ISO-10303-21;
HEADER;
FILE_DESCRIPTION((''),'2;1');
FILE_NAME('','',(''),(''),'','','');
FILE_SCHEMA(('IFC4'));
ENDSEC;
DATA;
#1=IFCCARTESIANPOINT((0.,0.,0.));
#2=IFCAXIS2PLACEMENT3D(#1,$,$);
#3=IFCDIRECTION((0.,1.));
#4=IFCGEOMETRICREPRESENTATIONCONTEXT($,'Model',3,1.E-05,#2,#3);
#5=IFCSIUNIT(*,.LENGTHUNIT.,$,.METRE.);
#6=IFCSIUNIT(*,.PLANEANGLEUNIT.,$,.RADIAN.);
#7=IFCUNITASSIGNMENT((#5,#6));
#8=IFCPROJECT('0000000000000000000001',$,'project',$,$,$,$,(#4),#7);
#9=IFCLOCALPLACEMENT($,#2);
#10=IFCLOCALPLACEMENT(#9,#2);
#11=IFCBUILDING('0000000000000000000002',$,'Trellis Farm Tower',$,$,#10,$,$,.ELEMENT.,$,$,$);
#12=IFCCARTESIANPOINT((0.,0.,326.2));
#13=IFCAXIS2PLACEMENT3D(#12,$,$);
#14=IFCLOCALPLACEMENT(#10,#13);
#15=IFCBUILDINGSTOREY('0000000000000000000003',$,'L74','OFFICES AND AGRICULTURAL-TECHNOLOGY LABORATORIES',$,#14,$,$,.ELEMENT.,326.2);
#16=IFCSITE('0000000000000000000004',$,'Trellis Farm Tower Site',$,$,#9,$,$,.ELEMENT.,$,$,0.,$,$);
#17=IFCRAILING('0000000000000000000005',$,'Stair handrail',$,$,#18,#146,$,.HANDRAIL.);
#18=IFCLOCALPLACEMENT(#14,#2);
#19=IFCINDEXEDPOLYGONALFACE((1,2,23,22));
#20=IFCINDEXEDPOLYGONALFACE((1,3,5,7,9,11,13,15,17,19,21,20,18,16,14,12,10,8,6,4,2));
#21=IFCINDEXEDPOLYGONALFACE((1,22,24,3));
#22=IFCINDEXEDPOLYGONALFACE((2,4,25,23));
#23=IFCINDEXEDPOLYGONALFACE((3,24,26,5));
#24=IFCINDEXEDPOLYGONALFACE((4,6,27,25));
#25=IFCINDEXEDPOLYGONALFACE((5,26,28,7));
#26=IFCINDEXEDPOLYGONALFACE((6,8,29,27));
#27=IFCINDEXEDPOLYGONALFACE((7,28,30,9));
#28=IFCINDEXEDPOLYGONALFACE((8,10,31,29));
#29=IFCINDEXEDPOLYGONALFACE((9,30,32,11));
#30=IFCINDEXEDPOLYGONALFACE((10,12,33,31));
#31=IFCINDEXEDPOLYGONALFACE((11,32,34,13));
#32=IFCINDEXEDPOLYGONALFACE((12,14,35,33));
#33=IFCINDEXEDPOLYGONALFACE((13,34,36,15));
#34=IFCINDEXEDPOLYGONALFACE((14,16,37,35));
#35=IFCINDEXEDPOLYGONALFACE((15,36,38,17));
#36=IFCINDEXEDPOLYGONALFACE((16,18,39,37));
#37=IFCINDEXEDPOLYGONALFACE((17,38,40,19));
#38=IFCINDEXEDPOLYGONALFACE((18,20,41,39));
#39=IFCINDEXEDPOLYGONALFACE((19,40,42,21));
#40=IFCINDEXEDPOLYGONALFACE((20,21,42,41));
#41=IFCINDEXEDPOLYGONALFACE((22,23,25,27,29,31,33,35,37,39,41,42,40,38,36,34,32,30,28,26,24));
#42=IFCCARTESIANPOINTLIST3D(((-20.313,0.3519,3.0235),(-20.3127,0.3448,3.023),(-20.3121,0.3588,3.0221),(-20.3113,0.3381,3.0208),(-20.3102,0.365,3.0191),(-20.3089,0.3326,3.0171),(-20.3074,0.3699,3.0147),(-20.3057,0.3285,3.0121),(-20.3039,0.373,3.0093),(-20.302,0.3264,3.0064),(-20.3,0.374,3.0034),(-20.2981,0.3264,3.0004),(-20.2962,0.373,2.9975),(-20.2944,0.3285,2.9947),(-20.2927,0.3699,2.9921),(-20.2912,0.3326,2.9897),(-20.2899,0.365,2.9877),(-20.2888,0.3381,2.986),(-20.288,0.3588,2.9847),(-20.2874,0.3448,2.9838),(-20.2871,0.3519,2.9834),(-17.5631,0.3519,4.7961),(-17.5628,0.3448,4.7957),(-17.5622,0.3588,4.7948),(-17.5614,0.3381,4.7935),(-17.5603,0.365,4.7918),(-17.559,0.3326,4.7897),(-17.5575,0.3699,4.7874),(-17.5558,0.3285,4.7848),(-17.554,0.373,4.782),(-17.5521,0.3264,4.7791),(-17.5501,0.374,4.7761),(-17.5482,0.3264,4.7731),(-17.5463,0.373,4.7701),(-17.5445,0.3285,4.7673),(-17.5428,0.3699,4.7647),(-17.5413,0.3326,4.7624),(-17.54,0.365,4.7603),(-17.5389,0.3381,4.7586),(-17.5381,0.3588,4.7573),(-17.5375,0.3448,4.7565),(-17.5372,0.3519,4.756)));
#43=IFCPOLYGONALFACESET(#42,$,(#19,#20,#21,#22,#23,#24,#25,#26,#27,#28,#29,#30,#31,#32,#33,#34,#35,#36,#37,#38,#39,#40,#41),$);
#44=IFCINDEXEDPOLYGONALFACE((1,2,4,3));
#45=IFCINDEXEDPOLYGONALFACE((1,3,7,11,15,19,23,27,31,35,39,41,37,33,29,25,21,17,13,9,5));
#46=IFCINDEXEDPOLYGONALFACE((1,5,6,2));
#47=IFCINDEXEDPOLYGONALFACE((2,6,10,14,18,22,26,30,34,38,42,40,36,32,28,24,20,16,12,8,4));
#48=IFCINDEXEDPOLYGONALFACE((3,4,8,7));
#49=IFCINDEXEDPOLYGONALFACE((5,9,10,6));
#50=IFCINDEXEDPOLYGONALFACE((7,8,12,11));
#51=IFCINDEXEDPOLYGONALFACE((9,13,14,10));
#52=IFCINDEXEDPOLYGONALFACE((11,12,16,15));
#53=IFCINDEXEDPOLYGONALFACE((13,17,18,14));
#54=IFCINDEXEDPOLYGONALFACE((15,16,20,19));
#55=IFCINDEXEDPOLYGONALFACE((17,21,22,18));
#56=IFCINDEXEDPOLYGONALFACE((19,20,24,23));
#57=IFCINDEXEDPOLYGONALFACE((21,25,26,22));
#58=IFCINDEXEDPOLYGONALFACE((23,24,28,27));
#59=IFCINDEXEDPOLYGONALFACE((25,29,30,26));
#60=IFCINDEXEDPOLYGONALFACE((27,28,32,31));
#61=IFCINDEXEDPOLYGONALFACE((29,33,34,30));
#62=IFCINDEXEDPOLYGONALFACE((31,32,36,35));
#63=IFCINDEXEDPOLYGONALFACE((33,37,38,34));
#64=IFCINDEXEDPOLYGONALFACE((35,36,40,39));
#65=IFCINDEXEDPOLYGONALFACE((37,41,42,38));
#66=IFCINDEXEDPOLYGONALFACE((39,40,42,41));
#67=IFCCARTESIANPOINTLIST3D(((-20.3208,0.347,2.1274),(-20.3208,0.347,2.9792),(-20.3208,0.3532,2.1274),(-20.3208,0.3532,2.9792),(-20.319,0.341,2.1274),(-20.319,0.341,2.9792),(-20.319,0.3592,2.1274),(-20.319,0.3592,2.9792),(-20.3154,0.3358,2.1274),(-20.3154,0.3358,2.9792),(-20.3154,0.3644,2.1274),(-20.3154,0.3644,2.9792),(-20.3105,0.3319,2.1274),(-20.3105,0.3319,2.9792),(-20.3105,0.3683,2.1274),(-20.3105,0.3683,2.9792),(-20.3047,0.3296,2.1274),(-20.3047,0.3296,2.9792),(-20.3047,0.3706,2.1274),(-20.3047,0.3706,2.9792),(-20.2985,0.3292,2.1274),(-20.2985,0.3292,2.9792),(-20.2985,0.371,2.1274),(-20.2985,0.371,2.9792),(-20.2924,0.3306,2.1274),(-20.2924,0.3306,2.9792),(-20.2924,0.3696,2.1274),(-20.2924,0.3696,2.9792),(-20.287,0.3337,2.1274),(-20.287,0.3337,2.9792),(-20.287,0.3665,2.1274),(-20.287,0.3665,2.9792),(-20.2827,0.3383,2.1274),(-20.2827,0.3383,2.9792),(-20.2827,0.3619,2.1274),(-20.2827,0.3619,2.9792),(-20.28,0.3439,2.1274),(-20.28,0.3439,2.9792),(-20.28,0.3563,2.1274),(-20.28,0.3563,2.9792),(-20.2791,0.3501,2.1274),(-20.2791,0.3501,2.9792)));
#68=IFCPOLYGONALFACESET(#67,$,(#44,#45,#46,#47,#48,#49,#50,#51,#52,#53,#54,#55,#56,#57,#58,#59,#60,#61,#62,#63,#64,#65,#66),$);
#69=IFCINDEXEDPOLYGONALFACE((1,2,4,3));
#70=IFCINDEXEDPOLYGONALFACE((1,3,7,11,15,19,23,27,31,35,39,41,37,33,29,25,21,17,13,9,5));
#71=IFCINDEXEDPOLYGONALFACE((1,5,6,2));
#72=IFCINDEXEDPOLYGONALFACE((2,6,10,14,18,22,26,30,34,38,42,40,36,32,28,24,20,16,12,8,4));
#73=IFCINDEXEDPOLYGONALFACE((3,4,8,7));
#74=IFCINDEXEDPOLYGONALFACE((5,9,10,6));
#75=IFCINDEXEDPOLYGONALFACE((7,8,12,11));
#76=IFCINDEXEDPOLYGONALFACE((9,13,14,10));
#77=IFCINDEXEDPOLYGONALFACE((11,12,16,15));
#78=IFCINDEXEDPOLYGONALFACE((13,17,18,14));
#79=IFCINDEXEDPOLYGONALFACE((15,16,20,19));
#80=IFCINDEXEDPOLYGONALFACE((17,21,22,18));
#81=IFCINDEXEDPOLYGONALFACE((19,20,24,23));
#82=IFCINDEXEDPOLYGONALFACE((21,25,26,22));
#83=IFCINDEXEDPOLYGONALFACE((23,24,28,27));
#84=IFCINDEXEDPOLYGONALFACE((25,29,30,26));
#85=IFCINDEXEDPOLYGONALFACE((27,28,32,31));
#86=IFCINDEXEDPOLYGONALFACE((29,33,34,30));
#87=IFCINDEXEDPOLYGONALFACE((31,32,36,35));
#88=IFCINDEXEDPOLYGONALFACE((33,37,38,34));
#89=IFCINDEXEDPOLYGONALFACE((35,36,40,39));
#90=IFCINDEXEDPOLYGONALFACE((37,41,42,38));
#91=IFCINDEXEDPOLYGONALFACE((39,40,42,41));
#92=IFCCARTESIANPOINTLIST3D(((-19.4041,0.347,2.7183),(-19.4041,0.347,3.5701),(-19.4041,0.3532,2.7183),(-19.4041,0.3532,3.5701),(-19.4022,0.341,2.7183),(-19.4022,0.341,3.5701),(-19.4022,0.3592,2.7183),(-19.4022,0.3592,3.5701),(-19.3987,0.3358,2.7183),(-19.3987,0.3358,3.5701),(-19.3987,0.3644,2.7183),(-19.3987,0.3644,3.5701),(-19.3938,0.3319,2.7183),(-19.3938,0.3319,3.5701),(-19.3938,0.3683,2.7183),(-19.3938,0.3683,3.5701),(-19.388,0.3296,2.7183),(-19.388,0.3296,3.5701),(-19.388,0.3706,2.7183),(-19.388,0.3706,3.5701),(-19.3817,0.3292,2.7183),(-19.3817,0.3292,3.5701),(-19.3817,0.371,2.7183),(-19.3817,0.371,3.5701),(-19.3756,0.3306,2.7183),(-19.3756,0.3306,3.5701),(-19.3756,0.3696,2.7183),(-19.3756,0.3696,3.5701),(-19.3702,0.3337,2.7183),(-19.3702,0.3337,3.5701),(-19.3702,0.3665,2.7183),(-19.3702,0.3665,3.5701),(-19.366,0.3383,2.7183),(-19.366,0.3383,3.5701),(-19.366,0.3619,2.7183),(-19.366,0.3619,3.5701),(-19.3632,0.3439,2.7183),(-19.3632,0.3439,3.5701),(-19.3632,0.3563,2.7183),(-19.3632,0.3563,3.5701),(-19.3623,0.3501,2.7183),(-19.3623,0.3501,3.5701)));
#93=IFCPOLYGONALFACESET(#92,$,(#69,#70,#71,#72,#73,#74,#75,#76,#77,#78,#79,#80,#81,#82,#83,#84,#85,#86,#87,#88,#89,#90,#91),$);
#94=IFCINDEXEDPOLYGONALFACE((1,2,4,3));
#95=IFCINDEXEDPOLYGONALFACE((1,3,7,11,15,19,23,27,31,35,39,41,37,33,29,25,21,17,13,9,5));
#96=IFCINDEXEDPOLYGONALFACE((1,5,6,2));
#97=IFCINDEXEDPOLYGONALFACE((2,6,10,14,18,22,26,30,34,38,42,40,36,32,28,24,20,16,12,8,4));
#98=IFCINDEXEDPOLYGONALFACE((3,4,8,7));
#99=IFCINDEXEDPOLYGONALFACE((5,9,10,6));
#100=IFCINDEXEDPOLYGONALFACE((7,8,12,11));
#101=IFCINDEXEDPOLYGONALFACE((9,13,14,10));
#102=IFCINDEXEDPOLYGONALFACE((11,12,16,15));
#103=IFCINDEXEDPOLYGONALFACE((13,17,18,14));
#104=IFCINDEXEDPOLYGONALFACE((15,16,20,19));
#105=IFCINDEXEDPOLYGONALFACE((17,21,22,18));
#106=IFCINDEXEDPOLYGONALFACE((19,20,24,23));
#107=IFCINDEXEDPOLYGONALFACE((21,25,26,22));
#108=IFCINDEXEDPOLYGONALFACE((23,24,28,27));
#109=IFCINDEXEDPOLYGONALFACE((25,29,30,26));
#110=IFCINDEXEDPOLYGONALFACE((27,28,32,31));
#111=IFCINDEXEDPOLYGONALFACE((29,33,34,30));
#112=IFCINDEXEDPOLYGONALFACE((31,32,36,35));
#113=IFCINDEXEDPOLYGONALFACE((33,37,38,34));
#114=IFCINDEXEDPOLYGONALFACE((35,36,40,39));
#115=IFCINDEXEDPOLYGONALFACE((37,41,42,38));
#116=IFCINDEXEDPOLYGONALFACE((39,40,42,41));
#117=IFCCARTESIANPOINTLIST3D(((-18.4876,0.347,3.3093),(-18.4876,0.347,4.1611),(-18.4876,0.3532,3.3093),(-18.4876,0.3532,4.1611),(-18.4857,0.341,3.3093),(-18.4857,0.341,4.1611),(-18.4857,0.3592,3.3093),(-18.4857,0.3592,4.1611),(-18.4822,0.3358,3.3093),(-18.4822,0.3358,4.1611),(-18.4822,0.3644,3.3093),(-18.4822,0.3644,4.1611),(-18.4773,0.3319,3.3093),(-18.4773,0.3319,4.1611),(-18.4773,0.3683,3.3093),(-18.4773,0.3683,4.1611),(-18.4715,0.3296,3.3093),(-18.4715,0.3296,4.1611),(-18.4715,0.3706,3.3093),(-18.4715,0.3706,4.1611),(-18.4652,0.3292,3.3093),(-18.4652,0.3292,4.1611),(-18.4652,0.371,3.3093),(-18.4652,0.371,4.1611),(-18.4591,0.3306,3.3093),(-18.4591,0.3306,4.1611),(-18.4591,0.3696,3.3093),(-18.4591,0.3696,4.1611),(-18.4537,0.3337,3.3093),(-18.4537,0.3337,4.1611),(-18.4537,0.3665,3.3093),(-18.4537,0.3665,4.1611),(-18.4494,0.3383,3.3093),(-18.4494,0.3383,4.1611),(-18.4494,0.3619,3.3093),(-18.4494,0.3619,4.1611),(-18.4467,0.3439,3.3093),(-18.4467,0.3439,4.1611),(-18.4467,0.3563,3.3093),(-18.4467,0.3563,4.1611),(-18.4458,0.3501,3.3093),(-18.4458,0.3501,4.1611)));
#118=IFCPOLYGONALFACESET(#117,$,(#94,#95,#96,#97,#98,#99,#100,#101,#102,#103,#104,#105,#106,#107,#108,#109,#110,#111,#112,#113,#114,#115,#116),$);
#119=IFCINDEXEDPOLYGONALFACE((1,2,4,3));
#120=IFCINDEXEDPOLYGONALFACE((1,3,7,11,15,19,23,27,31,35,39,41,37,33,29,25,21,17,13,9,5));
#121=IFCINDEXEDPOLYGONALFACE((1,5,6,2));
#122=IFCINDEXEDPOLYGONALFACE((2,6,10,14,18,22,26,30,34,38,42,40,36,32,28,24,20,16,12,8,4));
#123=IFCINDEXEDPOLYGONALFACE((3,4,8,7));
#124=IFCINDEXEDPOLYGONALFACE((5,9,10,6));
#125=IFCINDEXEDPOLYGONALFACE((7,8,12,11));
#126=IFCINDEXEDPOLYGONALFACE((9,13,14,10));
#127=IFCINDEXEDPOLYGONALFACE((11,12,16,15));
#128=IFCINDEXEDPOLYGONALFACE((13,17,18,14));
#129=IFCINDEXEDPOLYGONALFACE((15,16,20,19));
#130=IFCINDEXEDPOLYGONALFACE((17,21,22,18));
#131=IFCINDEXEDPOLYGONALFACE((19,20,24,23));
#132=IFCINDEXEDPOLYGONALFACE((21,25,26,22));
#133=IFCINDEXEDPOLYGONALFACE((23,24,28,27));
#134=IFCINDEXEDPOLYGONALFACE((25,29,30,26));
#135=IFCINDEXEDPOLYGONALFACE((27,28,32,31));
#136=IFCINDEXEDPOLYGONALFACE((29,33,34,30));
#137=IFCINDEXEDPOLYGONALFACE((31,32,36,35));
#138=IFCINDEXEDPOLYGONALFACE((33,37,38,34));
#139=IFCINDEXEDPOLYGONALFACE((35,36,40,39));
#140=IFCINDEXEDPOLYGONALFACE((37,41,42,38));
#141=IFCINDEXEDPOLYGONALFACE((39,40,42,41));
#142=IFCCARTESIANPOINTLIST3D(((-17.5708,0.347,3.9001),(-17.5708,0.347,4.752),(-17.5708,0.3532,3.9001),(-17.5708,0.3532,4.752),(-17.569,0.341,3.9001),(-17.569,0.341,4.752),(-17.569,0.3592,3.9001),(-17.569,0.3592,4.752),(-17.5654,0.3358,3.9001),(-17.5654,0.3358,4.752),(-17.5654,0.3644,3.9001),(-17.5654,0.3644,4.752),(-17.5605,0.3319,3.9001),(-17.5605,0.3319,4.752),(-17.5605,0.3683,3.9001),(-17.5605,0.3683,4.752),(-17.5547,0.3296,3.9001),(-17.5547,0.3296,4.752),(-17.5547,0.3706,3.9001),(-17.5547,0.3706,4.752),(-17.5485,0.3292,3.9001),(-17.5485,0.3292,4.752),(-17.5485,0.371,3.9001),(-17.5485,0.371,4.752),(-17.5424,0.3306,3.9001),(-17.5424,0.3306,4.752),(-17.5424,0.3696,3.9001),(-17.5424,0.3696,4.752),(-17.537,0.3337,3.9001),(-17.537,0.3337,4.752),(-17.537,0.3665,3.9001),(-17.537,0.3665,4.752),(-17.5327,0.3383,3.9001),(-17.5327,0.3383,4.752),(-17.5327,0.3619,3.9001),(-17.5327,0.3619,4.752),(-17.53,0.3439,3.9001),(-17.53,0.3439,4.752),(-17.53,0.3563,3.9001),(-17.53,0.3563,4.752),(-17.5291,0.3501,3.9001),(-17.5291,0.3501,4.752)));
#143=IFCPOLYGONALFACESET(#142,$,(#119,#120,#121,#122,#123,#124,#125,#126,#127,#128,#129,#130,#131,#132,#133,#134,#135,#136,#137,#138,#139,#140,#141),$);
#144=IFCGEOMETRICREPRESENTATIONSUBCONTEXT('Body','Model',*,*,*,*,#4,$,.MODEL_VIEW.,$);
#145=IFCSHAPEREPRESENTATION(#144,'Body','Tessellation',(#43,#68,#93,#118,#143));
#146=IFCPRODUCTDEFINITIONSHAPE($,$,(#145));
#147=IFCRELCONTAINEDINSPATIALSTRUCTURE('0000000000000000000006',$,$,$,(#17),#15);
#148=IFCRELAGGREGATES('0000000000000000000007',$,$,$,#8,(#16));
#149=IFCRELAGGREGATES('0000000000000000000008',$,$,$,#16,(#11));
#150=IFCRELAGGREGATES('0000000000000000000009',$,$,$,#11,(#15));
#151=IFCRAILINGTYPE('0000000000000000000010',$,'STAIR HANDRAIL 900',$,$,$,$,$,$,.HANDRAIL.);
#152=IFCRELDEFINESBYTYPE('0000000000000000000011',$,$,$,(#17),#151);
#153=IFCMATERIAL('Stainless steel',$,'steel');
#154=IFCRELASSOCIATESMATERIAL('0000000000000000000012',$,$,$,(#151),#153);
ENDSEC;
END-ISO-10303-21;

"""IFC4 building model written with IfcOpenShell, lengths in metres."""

from ifc_helpers import new_model, si_unit, direction, frame, origin, origin_2d, place, context, subcontext, project, spatial, circle, extrude, source, transform, mapped, material, type_object, element, save


model = new_model("IFC4")

# Units and contexts
model_context = context("Model", 3, precision=1e-05, world=origin(), true_north=direction((0.0, 1.0)))
body_context = subcontext(model_context, "Body", "Model", "MODEL_VIEW")
ifc_project = project(units=[si_unit("LENGTHUNIT", "METRE"), si_unit("PLANEANGLEUNIT", "RADIAN")], contexts=[model_context])

# Site, building, storey
site_placement = place(None, origin())
site = spatial("IfcSite", under=ifc_project, at=site_placement, Name="Trellis Farm Tower Site", CompositionType="ELEMENT", RefElevation=0.0)
building_placement = place(site_placement, origin())
building = spatial("IfcBuilding", under=site, at=building_placement, Name="Trellis Farm Tower", CompositionType="ELEMENT")
storey_placement = place(building_placement, frame((0.0, 0.0, 326.2)))
storey = spatial("IfcBuildingStorey", under=building, at=storey_placement, Name="L74", Description="OFFICES AND AGRICULTURAL-TECHNOLOGY LABORATORIES", CompositionType="ELEMENT", Elevation=326.2)

# Railing
ifc_material_1 = material(Name="Stainless steel", Category="steel")
railing_type = type_object("IfcRailingType", Name="STAIR HANDRAIL 900", PredefinedType="HANDRAIL", material=ifc_material_1)
shared_shape_1 = source(origin(), body_context, "Body", "SweptSolid", [
    extrude(circle(Radius=0.0239, at=origin_2d()), frame((0.0, 0.0, 0.876), z_axis=(0.840504, 0.0, 0.541806), x_axis=(0.0, 1.0, 0.0)), (0.0, 0.0, 1.0), 3.2717),
    extrude(circle(Radius=0.021, at=origin_2d()), origin(), (0.0, 0.0, 1.0), 0.8518),
    extrude(circle(Radius=0.021, at=origin_2d()), frame((0.9167, 0.0, 0.5908)), (0.0, 0.0, 1.0), 0.8518),
    extrude(circle(Radius=0.021, at=origin_2d()), frame((1.8333, 0.0, 1.1819)), (0.0, 0.0, 1.0), 0.8518),
    extrude(circle(Radius=0.021, at=origin_2d()), frame((2.75, 0.0, 1.7727)), (0.0, 0.0, 1.0), 0.8518),
])
for number, where, name in (
    (1, (-20.3, 0.3501, 2.1274), "Stair handrail"),
):
    element("IfcRailing", number, at=place(storey_placement, frame(where)), inside=storey, type_object=railing_type, Name=name, PredefinedType="HANDRAIL", context=body_context, shape_type="MappedRepresentation", body=[
        mapped(shared_shape_1, transform((0.0, 0.0, 0.0))),
    ])

save(model, "model.ifc")
